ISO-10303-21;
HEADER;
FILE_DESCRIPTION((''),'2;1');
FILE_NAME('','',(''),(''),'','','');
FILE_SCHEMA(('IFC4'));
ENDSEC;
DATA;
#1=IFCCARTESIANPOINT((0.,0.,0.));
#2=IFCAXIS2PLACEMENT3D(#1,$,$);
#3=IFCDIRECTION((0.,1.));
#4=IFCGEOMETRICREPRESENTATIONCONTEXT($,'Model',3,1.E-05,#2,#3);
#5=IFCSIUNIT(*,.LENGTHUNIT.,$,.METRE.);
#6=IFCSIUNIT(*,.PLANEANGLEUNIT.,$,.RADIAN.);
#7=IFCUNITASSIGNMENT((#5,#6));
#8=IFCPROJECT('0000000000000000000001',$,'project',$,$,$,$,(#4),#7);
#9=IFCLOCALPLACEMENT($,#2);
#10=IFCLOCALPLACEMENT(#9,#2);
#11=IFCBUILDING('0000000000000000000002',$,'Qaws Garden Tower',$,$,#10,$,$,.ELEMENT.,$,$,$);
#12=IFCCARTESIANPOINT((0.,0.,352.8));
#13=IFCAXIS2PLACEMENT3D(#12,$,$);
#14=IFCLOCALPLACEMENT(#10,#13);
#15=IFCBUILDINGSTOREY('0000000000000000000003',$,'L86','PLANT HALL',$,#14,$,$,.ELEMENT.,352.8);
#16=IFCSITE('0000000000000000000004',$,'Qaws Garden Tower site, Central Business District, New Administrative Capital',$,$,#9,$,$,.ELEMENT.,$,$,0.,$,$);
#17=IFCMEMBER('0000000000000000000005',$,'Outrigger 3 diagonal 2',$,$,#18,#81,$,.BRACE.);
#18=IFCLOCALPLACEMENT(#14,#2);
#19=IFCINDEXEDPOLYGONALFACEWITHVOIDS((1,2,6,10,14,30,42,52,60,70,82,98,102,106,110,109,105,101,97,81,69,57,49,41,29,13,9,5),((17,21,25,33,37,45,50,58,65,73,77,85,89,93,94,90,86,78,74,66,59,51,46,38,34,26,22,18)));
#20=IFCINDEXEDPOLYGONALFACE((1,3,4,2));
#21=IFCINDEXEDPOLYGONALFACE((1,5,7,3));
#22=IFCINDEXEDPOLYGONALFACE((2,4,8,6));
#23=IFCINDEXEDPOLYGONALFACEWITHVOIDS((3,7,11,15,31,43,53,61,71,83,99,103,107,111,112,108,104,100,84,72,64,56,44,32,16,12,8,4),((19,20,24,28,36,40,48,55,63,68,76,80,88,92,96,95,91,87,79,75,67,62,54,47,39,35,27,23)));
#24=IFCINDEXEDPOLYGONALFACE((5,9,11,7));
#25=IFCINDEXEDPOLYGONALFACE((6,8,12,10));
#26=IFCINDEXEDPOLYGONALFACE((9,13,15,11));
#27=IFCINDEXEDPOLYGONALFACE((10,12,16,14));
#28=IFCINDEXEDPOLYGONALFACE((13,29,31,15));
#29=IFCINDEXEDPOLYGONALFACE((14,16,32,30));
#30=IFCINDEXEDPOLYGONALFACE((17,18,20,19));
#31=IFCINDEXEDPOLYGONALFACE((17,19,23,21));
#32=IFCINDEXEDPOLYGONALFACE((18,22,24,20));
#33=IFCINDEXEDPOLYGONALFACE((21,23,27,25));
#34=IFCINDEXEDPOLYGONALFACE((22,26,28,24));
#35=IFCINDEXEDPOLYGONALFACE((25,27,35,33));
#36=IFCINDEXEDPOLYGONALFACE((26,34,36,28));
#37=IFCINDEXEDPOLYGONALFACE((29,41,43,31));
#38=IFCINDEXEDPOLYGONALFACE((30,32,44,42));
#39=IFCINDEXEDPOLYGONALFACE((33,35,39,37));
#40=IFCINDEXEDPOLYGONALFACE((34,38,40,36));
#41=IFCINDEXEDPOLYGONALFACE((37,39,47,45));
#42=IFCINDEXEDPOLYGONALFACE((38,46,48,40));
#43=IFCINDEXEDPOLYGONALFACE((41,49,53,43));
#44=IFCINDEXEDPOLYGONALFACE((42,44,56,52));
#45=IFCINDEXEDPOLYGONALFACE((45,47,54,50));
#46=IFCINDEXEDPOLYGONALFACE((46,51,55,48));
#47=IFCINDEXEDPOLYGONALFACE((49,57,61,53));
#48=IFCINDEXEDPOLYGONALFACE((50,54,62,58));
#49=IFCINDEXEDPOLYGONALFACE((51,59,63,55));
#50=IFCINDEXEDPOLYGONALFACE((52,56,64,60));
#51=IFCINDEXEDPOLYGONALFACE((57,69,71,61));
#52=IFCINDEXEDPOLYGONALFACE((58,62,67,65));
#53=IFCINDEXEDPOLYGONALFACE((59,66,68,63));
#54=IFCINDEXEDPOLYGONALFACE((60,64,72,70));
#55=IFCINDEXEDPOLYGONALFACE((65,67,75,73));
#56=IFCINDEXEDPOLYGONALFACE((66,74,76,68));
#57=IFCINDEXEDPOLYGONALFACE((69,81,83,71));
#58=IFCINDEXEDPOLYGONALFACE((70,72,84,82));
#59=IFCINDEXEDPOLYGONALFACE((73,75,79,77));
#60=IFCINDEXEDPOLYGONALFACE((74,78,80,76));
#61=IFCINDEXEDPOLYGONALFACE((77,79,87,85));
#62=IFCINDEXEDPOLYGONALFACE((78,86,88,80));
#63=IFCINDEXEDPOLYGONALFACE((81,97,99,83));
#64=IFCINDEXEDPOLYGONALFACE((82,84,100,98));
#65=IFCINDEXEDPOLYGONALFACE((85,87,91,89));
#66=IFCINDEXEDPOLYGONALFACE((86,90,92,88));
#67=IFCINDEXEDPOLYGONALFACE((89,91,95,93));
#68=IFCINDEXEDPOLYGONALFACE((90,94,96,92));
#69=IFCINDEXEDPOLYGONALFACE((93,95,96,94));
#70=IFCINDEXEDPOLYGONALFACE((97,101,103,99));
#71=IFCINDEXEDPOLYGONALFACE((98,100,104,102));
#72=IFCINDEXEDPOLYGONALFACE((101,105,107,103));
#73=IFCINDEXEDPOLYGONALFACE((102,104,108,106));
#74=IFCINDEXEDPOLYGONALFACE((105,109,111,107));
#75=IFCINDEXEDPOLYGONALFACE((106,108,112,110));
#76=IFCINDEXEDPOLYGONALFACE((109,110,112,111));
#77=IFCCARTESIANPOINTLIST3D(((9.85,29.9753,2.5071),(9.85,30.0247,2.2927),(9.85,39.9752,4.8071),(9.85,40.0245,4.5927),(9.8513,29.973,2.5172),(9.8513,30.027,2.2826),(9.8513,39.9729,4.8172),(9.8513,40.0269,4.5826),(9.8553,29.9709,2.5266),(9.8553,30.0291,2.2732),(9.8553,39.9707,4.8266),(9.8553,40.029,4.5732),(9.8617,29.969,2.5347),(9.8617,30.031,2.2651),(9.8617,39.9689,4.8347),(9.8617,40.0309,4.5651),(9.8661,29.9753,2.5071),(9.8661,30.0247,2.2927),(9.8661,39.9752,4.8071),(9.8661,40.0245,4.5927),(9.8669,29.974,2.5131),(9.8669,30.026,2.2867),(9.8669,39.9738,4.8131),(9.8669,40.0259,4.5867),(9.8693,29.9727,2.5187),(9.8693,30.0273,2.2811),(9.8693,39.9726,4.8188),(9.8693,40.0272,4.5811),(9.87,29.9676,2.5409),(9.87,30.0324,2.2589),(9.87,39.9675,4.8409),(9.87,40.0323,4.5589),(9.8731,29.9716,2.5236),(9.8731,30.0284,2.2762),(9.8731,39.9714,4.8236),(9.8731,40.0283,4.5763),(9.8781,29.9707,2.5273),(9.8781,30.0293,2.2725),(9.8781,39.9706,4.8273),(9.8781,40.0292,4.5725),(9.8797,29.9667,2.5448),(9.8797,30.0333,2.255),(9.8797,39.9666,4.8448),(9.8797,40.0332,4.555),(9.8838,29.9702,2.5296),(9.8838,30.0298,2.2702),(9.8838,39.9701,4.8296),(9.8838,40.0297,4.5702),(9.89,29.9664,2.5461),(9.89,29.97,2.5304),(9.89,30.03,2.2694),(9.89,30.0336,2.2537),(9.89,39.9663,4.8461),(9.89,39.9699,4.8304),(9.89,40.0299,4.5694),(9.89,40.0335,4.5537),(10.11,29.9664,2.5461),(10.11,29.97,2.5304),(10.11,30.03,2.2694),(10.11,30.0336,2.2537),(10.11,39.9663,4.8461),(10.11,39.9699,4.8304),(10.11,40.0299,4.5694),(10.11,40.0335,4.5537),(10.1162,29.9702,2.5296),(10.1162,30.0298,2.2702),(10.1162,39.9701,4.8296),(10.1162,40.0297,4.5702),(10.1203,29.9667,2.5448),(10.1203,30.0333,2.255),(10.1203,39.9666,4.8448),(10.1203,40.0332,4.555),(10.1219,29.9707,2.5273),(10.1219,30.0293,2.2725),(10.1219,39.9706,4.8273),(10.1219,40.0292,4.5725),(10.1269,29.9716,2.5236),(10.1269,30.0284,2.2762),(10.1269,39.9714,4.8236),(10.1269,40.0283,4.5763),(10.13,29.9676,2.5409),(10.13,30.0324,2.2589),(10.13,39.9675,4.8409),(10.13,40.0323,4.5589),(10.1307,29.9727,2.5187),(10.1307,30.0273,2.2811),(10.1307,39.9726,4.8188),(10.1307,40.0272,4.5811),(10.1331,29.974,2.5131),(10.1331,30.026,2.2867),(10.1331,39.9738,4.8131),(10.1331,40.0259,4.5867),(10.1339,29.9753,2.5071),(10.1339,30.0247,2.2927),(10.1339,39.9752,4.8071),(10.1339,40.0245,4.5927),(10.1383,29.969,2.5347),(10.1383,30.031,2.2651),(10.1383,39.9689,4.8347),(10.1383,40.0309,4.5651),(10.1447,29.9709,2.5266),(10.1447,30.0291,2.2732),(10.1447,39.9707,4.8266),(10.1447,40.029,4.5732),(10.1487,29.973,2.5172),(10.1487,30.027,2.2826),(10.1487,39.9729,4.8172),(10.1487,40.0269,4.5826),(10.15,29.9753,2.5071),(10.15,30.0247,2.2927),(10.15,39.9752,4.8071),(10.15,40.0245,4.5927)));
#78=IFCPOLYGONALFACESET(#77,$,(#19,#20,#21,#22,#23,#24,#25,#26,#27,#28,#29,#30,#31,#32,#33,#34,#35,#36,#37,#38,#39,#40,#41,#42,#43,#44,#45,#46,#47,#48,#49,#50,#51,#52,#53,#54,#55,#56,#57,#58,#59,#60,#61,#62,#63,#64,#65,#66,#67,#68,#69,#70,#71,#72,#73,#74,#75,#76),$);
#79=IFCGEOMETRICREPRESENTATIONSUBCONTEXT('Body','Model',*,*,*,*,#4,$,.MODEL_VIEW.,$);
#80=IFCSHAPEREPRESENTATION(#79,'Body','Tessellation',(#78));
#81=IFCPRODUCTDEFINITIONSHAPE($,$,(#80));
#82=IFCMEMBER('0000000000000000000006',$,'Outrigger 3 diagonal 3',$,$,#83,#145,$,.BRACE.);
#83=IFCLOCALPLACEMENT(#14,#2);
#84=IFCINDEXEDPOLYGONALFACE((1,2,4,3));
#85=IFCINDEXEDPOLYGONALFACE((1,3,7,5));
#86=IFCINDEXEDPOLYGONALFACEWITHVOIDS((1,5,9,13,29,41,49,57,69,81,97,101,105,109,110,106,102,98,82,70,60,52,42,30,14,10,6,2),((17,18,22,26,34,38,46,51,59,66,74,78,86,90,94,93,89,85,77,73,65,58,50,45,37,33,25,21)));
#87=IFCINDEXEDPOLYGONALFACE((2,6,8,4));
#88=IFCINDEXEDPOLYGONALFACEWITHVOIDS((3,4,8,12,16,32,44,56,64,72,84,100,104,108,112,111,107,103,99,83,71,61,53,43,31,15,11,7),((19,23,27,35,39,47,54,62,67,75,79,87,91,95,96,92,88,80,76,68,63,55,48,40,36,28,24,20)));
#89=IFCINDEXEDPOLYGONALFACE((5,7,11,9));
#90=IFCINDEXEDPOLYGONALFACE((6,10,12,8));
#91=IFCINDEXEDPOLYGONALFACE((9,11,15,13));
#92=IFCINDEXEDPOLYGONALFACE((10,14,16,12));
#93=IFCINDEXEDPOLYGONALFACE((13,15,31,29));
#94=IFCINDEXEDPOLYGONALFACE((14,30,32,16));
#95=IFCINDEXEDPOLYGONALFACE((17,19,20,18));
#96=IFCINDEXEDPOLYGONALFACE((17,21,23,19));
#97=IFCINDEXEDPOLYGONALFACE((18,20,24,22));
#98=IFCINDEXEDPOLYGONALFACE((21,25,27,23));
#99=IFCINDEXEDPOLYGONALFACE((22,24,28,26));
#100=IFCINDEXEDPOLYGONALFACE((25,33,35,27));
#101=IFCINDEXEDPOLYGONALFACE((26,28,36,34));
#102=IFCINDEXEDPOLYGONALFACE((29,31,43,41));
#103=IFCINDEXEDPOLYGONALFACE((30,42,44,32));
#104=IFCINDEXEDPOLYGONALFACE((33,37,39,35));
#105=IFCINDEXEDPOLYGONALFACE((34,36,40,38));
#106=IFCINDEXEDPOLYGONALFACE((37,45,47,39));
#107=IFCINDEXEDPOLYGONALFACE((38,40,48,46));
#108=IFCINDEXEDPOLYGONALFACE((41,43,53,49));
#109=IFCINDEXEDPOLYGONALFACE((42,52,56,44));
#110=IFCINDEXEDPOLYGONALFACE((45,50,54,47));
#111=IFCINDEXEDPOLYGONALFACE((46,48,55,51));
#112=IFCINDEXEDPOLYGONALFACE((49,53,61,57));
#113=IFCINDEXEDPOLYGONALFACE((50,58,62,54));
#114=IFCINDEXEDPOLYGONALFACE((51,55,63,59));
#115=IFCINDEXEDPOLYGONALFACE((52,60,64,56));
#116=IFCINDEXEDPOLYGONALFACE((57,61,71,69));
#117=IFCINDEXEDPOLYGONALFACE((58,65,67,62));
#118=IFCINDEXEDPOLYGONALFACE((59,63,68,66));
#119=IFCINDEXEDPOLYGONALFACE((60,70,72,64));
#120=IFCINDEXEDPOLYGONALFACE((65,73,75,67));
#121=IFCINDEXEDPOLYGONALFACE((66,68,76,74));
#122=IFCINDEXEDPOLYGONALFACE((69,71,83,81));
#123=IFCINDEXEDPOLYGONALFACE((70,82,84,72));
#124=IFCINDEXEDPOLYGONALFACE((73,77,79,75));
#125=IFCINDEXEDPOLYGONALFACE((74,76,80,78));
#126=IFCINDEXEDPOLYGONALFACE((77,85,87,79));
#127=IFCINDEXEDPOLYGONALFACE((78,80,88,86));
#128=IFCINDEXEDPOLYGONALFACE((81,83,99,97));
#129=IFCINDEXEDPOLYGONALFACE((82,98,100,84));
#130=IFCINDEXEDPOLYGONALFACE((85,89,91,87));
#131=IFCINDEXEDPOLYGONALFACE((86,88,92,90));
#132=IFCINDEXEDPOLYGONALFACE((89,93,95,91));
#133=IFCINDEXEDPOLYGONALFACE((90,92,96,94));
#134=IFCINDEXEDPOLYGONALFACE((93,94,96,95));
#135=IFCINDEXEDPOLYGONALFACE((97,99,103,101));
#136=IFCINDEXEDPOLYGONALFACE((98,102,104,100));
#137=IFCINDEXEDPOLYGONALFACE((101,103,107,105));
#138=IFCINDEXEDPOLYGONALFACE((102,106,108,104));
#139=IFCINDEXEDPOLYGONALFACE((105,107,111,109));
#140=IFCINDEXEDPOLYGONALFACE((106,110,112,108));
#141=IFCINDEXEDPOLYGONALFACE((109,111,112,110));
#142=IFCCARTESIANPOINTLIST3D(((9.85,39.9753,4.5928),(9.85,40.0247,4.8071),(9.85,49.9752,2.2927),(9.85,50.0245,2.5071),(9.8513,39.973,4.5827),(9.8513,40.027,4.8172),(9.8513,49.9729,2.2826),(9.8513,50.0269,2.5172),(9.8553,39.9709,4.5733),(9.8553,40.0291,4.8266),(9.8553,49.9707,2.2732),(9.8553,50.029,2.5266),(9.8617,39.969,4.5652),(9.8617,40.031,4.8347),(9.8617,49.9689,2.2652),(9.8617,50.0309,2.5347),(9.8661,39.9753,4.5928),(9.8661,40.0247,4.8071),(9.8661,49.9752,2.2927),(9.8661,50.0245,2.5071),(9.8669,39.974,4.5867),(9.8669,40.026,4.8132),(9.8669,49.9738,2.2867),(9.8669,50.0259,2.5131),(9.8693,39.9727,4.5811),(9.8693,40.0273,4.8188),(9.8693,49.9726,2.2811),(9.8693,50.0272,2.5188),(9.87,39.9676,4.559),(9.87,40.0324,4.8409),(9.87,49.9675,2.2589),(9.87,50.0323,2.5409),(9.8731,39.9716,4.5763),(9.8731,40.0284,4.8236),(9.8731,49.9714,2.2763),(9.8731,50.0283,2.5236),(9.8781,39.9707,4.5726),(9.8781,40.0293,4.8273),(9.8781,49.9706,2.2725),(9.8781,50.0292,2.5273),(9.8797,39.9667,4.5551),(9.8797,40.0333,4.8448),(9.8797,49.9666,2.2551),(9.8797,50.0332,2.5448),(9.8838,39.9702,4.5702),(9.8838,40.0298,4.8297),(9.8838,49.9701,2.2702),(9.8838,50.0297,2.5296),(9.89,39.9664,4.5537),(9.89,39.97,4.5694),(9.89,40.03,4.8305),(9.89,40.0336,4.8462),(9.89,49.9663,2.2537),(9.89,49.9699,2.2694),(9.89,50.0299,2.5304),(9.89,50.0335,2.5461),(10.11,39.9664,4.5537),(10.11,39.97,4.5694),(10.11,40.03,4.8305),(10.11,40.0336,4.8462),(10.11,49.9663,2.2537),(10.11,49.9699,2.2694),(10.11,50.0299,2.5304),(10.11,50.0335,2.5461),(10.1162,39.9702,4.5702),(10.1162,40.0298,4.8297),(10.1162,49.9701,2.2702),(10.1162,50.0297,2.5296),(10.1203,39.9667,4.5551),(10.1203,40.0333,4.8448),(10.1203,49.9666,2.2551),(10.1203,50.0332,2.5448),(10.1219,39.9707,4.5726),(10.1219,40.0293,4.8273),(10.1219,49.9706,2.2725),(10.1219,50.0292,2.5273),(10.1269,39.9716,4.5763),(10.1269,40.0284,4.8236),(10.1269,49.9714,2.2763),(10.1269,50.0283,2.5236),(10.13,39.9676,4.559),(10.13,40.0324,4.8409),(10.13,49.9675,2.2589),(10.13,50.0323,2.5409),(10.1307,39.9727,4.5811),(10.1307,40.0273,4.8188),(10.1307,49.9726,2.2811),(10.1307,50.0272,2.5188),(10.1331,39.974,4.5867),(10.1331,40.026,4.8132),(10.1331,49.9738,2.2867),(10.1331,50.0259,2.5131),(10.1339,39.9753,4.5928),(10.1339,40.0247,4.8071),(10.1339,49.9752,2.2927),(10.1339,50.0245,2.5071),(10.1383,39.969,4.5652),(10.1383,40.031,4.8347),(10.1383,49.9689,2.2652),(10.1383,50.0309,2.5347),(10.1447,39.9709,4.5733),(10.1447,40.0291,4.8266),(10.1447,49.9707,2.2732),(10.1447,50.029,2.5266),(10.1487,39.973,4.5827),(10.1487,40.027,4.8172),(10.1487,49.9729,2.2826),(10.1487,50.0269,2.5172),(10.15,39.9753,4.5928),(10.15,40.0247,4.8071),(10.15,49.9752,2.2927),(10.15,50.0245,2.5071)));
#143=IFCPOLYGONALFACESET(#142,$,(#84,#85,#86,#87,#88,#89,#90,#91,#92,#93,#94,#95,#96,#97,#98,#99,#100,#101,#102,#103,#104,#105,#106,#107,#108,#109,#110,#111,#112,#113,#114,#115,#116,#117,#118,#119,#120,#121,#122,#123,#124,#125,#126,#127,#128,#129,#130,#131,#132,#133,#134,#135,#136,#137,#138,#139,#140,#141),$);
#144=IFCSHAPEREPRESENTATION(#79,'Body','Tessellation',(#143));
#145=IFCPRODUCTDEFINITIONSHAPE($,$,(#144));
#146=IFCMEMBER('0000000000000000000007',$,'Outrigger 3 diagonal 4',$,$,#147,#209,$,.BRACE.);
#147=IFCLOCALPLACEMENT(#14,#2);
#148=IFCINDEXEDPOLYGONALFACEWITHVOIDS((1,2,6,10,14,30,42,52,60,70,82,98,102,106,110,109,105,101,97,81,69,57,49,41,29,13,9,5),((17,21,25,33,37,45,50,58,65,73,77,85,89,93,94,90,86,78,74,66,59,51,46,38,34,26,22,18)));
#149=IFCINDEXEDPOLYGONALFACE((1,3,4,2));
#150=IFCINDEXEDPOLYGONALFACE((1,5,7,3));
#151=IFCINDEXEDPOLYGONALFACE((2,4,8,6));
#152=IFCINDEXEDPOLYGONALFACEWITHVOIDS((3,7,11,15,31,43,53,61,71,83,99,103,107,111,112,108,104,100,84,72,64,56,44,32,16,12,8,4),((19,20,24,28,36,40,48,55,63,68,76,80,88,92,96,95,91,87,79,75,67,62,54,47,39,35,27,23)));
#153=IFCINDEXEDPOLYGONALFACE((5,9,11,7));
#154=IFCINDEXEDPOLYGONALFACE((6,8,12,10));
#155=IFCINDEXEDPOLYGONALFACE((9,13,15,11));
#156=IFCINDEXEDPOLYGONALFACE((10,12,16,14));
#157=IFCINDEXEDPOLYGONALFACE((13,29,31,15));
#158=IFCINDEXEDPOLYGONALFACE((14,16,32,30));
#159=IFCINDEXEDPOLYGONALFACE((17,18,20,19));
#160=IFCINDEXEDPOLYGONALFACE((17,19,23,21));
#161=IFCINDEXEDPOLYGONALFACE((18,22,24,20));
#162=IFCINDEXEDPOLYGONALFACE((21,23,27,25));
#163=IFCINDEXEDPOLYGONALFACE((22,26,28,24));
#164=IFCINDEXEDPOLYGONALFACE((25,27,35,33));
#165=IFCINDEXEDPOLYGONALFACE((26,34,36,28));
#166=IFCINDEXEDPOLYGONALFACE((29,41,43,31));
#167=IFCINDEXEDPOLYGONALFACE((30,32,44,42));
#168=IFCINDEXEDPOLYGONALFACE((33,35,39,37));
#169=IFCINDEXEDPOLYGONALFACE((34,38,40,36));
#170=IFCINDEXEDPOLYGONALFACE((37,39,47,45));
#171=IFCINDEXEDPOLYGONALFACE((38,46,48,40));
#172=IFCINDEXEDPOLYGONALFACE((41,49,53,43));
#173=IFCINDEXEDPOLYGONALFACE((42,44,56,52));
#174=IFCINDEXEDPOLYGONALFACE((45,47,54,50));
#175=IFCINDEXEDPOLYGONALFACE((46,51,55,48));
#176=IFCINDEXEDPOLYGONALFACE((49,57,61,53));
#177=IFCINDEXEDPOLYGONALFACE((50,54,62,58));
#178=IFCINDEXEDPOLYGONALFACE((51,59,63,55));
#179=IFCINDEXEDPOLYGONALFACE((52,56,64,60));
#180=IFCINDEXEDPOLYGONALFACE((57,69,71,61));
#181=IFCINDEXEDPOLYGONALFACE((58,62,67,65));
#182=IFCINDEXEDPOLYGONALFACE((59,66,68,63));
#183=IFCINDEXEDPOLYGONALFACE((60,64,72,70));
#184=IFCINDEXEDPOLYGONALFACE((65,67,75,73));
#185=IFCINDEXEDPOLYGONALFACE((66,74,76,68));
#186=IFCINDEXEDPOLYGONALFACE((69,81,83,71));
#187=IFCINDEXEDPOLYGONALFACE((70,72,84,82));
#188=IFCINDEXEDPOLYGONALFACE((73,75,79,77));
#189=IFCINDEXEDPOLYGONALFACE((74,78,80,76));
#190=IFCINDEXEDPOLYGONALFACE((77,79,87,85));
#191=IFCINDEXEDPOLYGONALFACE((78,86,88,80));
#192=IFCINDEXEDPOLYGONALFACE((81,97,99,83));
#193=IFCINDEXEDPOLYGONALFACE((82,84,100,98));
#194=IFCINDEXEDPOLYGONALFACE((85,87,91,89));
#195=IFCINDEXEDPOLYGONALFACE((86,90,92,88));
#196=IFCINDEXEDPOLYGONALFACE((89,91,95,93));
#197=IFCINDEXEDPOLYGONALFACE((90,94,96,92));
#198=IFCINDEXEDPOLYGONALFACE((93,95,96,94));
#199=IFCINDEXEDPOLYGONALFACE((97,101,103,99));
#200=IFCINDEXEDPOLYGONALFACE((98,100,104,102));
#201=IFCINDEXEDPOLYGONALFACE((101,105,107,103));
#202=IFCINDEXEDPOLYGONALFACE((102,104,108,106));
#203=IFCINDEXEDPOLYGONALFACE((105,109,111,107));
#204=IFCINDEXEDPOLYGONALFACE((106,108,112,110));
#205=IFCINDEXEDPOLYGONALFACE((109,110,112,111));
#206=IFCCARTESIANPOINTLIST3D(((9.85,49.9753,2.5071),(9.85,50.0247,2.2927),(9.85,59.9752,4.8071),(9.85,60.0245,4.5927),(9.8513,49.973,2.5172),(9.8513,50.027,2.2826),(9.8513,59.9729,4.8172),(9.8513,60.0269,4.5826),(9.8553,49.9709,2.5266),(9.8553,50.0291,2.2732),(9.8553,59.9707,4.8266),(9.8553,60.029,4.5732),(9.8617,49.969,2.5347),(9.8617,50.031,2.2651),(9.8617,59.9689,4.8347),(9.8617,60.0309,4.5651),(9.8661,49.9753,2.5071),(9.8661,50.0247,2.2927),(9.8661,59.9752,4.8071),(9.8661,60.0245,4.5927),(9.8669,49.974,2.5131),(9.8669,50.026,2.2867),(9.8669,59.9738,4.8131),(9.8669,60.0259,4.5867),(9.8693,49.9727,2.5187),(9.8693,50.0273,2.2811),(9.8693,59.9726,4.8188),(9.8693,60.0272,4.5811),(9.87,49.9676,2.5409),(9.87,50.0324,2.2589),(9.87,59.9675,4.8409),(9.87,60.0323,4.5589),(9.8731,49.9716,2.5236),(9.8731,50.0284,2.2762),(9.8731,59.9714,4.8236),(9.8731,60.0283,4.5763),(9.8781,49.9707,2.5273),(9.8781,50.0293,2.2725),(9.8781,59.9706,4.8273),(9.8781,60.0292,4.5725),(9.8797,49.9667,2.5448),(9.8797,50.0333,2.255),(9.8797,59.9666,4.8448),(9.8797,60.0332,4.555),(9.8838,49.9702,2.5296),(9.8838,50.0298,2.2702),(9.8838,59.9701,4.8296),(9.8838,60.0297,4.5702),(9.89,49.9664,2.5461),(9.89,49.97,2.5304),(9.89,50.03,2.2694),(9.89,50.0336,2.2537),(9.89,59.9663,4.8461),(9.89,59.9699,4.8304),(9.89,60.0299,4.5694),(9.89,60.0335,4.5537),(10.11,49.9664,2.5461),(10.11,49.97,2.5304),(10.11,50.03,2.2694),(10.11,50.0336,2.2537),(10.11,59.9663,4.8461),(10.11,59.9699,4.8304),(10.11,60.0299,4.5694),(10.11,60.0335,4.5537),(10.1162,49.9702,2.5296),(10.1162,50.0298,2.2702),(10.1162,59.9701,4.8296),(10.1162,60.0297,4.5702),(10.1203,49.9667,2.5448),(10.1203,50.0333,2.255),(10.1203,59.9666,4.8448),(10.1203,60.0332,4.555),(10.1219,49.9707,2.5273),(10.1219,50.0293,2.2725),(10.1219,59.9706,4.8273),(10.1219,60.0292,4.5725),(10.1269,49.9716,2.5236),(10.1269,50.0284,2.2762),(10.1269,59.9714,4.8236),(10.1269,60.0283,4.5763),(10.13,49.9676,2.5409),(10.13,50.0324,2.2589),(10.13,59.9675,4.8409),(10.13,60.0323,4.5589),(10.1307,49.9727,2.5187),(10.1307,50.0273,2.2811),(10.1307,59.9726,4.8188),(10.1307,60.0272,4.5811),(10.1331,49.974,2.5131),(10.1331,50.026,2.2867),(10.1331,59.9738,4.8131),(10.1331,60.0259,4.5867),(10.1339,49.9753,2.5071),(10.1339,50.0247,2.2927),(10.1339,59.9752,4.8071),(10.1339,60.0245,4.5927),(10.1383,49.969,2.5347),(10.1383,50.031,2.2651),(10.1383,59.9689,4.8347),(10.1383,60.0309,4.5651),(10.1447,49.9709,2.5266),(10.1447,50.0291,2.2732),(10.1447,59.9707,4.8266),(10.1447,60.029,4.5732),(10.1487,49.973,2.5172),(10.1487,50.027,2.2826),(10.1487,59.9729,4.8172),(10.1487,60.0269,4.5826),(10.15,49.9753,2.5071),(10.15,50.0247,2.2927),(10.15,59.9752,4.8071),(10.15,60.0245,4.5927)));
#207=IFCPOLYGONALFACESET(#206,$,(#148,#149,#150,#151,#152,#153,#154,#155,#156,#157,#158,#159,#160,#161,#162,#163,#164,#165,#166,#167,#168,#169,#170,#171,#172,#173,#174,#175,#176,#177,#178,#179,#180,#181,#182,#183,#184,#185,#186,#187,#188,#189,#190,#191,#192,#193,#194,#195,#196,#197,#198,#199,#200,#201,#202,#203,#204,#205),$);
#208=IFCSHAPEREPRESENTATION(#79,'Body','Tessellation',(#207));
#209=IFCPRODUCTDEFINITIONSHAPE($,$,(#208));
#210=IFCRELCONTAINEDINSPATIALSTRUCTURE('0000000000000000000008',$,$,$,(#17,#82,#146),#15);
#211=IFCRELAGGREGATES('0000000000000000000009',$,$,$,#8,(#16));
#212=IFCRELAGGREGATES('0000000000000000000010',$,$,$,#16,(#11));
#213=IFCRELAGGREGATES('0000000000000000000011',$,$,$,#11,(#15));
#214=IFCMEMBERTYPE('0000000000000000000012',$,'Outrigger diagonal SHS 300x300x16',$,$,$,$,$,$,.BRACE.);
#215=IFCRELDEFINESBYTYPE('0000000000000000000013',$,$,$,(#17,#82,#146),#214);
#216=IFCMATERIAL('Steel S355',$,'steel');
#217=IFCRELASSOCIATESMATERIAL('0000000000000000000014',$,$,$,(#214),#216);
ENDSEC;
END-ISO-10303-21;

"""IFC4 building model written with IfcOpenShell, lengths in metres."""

from ifc_helpers import new_model, si_unit, direction, frame, origin, origin_2d, place, context, subcontext, project, spatial, hollow_rectangle, extrude, material, material_profile, profile_set, type_object, element, save


model = new_model("IFC4")

# Units and contexts
model_context = context("Model", 3, precision=1e-05, world=origin(), true_north=direction((0.0, 1.0)))
body_context = subcontext(model_context, "Body", "Model", "MODEL_VIEW")
ifc_project = project(units=[si_unit("LENGTHUNIT", "METRE"), si_unit("PLANEANGLEUNIT", "RADIAN")], contexts=[model_context])

# Site, building, storey
site_placement = place(None, origin())
site = spatial("IfcSite", under=ifc_project, at=site_placement, Name="Qaws Garden Tower site, Central Business District, New Administrative Capital", CompositionType="ELEMENT", RefElevation=0.0)
building_placement = place(site_placement, origin())
building = spatial("IfcBuilding", under=site, at=building_placement, Name="Qaws Garden Tower", CompositionType="ELEMENT")
storey_placement = place(building_placement, frame((0.0, 0.0, 352.8)))
storey = spatial("IfcBuildingStorey", under=building, at=storey_placement, Name="L86", Description="PLANT HALL", CompositionType="ELEMENT", Elevation=352.8)

# Members
ifc_material_1 = material(Name="Steel S355", Category="steel")
ifc_material_profile_1 = material_profile(ifc_material_1, hollow_rectangle(XDim=0.3, YDim=0.3, WallThickness=0.0161, InnerFilletRadius=0.0239, OuterFilletRadius=0.04, at=origin_2d()), Name="SHS 300x300x16")
ifc_profile_set_1 = profile_set([ifc_material_profile_1], Name="Steel S355")
member_type_1 = type_object("IfcMemberType", Name="Outrigger diagonal SHS 300x300x16", PredefinedType="BRACE", material=ifc_profile_set_1)
for number, where, z_axis, x_axis, name in (
    (1, (10.0, 30.0, 2.3999), (0.0, 0.974554, 0.224152), (-1.0, 0.0, 0.0), "Outrigger 3 diagonal 2"),
    (2, (10.0, 40.0, 4.7), (0.0, 0.974554, -0.224152), (-1.0, 0.0, 0.0), "Outrigger 3 diagonal 3"),
    (3, (10.0, 50.0, 2.3999), (0.0, 0.974554, 0.224152), (-1.0, 0.0, 0.0), "Outrigger 3 diagonal 4"),
):
    element("IfcMember", number, at=place(storey_placement, frame(where, z_axis=z_axis, x_axis=x_axis)), inside=storey, type_object=member_type_1, Name=name, PredefinedType="BRACE", context=body_context, shape_type="SweptSolid", body=[
        extrude(hollow_rectangle(XDim=0.3, YDim=0.3, WallThickness=0.0161, InnerFilletRadius=0.0239, OuterFilletRadius=0.04, at=origin_2d()), origin(), (0.0, 0.0, 1.0), 10.261),
    ])

save(model, "model.ifc")
